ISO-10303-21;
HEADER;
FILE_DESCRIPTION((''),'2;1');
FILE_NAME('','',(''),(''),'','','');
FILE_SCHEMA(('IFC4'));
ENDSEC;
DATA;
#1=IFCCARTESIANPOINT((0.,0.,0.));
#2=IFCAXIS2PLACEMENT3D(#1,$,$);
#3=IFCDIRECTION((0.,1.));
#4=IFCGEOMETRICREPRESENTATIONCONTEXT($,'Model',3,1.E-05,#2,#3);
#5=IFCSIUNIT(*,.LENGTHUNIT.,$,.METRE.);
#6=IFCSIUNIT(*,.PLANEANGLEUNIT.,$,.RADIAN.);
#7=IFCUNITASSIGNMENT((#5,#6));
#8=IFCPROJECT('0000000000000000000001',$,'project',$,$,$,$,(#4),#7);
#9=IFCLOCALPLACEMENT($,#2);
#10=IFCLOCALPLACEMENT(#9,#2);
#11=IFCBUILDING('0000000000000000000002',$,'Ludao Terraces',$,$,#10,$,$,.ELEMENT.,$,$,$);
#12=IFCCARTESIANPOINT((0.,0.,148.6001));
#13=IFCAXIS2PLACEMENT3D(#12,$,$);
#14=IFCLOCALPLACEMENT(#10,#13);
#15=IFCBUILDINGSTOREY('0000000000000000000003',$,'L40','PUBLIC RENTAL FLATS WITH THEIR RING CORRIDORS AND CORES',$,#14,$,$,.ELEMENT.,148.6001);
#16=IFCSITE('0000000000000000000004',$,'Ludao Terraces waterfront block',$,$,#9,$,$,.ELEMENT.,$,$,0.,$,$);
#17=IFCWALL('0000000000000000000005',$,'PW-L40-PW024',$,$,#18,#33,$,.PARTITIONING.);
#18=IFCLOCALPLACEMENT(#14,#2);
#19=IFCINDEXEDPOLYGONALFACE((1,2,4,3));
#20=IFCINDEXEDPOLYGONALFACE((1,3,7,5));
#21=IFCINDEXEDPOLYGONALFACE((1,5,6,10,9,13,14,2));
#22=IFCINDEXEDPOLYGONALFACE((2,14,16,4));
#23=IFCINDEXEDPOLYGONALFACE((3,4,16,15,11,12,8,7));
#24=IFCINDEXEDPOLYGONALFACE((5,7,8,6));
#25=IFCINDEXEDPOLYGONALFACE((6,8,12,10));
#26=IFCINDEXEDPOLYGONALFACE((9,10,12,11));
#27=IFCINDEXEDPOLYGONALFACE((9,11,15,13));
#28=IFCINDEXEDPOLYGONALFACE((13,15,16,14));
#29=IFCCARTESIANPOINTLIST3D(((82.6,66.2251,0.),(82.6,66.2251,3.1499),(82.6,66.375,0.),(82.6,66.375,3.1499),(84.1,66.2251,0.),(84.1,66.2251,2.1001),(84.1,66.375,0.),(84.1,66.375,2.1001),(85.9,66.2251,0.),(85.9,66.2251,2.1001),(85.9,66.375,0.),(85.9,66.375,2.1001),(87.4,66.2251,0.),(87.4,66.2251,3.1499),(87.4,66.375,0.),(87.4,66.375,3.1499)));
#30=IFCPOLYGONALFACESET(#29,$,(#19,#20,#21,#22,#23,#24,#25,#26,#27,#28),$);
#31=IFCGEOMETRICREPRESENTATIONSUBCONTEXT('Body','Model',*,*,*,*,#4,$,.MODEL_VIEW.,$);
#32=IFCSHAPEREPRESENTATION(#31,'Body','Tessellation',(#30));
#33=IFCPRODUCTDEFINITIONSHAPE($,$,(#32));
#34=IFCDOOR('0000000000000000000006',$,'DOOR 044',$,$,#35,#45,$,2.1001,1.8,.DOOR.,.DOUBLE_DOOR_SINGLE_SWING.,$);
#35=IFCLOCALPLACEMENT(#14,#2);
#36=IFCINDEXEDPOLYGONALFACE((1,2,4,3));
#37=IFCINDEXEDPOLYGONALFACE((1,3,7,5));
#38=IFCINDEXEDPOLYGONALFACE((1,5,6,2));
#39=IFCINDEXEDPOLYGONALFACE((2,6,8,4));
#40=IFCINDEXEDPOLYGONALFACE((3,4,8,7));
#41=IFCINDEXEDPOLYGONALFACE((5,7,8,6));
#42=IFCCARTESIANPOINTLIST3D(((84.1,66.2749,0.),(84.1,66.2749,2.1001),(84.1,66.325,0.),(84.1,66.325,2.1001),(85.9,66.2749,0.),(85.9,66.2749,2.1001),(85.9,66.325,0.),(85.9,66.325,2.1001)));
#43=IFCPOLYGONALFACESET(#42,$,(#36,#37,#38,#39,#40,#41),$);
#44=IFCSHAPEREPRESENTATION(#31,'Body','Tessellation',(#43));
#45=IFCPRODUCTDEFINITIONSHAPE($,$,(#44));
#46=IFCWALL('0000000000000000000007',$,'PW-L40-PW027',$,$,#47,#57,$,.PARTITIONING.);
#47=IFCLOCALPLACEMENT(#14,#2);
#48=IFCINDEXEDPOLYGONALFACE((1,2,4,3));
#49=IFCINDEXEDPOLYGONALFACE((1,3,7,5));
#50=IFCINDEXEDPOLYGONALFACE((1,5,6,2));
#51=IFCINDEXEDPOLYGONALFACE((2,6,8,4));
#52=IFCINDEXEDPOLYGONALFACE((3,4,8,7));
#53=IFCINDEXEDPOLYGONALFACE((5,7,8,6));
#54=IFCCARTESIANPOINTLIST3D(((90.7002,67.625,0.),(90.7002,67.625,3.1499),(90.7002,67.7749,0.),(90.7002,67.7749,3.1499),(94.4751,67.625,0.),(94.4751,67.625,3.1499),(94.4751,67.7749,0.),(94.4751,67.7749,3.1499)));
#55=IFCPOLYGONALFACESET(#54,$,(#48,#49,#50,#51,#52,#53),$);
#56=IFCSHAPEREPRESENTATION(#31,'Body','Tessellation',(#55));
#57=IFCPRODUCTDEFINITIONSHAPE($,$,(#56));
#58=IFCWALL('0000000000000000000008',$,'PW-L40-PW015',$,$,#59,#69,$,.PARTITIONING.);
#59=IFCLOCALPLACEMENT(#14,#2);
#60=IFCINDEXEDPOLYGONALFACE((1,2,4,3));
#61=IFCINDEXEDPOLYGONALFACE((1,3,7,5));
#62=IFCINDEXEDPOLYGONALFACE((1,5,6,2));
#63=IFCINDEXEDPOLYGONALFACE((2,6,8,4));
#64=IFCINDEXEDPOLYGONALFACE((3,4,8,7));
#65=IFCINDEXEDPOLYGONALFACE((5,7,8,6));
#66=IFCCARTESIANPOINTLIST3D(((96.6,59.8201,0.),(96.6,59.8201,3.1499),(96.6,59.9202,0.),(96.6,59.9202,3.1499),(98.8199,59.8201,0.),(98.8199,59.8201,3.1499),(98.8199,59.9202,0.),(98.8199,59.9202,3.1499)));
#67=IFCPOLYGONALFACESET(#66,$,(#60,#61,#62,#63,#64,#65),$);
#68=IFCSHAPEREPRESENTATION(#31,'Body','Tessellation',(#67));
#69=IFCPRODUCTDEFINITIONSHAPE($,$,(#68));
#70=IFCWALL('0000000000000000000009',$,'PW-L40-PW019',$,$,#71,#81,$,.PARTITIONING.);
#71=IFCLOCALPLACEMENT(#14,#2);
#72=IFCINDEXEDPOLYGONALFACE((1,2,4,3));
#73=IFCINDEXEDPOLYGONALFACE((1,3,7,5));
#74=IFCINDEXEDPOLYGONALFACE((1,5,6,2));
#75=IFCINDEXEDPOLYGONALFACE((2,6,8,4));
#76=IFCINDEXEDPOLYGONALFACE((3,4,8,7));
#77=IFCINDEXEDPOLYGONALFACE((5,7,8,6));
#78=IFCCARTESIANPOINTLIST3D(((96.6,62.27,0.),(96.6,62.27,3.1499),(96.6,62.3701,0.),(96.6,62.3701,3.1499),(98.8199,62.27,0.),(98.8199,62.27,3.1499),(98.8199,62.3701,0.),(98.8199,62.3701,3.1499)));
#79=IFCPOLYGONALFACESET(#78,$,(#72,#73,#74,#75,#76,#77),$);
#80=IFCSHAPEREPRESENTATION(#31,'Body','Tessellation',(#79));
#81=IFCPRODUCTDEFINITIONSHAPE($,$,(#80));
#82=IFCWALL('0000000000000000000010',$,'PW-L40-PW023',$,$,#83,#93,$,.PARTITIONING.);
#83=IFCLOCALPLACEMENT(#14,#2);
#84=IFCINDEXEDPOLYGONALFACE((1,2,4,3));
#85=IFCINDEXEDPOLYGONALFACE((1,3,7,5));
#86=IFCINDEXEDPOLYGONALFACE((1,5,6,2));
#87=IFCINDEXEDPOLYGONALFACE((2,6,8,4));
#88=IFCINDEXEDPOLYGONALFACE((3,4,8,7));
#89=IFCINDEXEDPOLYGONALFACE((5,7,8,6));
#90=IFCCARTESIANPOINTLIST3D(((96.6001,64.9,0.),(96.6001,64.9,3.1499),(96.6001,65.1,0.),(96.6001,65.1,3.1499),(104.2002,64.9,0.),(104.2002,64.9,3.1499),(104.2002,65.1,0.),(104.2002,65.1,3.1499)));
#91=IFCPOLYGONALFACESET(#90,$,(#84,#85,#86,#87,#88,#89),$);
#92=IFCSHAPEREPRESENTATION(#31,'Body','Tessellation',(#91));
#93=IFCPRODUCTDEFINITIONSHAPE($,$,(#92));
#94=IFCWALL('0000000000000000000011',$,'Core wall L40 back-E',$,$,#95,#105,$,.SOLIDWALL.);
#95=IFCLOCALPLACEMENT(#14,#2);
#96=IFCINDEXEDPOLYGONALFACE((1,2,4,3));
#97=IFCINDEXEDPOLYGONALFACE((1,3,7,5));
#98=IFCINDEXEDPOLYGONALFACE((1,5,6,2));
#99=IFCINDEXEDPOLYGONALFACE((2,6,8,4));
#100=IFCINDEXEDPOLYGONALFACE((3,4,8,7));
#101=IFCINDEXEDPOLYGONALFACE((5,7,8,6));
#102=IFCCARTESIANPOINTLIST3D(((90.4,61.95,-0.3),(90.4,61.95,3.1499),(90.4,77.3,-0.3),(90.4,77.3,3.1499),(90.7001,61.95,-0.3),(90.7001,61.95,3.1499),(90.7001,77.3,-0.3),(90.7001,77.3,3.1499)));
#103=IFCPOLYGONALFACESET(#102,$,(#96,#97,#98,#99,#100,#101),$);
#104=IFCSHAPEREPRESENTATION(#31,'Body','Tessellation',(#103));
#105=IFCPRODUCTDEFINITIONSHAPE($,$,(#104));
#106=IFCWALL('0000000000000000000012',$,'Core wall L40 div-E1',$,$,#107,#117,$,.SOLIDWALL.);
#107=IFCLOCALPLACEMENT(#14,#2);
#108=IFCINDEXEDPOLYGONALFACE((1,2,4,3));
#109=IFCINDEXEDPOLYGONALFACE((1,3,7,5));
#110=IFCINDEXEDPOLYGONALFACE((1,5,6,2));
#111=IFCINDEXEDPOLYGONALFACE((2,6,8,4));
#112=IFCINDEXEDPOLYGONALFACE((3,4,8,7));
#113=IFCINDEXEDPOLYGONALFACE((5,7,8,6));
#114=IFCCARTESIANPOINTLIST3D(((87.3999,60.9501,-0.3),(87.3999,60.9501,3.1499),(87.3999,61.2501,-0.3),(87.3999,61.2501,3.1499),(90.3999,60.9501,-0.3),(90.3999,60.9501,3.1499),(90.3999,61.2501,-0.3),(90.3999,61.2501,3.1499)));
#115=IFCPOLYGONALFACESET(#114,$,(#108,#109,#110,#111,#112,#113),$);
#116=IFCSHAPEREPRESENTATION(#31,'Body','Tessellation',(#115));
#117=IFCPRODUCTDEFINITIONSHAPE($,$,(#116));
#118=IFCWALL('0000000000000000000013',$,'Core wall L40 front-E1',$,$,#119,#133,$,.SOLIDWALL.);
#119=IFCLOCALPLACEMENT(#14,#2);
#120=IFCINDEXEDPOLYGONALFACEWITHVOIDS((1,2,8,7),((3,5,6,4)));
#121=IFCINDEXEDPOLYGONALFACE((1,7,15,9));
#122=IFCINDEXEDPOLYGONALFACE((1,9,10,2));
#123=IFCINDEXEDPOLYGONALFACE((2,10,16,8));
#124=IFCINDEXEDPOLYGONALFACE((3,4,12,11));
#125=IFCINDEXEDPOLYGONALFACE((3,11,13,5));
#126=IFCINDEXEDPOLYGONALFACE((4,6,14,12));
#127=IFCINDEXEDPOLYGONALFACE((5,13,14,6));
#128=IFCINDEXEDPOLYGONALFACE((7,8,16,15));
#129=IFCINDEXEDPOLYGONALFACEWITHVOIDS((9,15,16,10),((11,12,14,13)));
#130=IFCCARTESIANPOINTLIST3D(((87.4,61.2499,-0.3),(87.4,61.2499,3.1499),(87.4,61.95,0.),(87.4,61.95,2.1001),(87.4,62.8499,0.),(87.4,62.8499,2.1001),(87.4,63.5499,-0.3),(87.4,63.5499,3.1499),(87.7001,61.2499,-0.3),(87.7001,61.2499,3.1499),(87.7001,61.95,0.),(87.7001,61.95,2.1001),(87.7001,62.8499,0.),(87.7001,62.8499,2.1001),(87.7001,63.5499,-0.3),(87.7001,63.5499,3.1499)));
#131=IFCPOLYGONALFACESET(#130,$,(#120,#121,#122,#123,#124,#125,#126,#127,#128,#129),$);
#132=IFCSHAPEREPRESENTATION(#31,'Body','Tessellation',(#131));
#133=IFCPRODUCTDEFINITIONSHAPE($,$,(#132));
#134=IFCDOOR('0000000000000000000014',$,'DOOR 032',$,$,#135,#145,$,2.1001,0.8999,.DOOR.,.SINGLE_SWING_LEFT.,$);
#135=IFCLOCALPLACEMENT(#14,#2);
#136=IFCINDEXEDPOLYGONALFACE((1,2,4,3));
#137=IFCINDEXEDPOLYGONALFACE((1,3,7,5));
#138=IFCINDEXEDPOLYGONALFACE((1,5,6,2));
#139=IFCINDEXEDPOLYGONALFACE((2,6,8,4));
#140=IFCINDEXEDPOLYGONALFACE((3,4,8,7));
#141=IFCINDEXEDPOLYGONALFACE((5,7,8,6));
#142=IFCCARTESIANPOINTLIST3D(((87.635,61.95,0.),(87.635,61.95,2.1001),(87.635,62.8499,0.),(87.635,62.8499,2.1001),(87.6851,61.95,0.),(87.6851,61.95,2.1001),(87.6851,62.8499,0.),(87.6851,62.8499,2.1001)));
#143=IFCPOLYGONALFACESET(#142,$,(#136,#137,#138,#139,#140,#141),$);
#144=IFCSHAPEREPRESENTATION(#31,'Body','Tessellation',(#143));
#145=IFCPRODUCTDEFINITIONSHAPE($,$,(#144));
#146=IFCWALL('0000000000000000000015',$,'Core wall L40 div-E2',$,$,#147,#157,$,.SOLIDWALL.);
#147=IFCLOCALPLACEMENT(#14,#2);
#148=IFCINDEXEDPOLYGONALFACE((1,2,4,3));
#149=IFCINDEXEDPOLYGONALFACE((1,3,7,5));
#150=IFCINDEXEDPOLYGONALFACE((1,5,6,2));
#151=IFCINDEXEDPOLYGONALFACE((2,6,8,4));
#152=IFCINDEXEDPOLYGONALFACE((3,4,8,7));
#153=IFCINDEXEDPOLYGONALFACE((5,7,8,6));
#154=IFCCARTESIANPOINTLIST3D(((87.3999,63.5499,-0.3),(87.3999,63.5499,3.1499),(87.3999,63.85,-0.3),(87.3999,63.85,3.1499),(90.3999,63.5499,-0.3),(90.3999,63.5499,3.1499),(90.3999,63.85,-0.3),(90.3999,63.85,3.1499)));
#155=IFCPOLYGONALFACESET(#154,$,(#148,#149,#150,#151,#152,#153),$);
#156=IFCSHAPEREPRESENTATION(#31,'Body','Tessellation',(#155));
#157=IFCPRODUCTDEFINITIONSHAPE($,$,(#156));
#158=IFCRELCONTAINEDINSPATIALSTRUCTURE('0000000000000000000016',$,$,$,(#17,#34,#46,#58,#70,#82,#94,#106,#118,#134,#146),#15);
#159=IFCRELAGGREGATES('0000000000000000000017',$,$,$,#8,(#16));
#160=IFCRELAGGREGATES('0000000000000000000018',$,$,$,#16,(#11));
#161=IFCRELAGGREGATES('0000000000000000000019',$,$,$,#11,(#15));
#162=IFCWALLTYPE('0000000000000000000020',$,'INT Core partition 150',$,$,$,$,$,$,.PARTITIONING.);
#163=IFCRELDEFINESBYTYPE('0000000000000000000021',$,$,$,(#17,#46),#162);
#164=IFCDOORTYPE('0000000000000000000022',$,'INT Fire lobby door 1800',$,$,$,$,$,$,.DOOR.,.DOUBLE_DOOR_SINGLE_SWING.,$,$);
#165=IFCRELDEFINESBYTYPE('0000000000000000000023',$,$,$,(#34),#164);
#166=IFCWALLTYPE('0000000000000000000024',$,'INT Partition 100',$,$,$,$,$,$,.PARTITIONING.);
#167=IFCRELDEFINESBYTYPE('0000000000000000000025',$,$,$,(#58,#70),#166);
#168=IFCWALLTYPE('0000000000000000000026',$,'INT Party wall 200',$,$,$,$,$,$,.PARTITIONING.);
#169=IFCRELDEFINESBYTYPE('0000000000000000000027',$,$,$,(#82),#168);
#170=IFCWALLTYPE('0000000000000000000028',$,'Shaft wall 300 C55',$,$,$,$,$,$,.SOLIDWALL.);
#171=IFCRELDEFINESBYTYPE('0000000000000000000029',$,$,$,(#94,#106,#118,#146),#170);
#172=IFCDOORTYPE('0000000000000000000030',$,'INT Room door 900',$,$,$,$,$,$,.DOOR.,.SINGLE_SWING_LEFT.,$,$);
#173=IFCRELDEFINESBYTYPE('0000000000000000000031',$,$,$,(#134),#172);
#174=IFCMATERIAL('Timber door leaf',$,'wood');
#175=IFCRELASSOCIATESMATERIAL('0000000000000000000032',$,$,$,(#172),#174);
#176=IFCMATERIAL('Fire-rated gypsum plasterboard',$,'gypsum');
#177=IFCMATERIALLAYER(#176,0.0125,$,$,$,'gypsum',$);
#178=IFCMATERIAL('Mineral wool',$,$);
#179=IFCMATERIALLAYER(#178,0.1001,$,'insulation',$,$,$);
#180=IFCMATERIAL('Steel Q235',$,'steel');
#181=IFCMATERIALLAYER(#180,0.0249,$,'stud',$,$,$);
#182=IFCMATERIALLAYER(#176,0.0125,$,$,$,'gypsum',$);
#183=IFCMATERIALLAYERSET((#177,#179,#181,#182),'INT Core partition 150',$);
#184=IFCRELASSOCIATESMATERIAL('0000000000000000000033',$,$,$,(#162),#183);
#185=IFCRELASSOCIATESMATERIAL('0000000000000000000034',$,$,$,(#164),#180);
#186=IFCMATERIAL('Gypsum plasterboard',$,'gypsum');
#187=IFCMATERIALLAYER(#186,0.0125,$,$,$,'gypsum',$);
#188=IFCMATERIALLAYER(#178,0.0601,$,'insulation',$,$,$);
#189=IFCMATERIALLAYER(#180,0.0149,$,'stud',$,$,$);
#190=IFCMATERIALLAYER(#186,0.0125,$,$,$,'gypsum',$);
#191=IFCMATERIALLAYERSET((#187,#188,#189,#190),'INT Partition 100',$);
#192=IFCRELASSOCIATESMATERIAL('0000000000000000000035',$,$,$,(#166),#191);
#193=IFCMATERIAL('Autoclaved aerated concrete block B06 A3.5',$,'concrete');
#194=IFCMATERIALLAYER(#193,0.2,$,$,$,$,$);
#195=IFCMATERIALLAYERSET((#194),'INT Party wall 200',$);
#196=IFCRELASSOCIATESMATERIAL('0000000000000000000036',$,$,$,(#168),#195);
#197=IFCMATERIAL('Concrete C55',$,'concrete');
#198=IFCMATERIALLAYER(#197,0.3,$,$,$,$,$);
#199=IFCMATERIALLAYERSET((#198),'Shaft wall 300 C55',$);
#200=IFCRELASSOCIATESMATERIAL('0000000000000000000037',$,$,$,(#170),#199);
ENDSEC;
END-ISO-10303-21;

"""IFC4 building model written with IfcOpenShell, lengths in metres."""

from ifc_helpers import new_model, si_unit, direction, frame, frame_2d, origin, place, context, subcontext, project, spatial, rectangle, extrude, material, layer, layer_set, type_object, element, fill, save


model = new_model("IFC4")

# Units and contexts
model_context = context("Model", 3, precision=1e-05, world=origin(), true_north=direction((0.0, 1.0)))
body_context = subcontext(model_context, "Body", "Model", "MODEL_VIEW")
ifc_project = project(units=[si_unit("LENGTHUNIT", "METRE"), si_unit("PLANEANGLEUNIT", "RADIAN")], contexts=[model_context])

# Site, building, storey
site_placement = place(None, origin())
site = spatial("IfcSite", under=ifc_project, at=site_placement, Name="Ludao Terraces waterfront block", CompositionType="ELEMENT", RefElevation=0.0)
building_placement = place(site_placement, origin())
building = spatial("IfcBuilding", under=site, at=building_placement, Name="Ludao Terraces", CompositionType="ELEMENT")
storey_placement = place(building_placement, frame((0.0, 0.0, 148.6001)))
storey = spatial("IfcBuildingStorey", under=building, at=storey_placement, Name="L40", Description="PUBLIC RENTAL FLATS WITH THEIR RING CORRIDORS AND CORES", CompositionType="ELEMENT", Elevation=148.6001)

# Shared definitions
ifc_material_1 = material(Name="Steel Q235", Category="steel")
ifc_material_2 = material(Name="Timber door leaf", Category="wood")
door_type_1 = type_object("IfcDoorType", Name="INT Room door 900", OperationType="SINGLE_SWING_LEFT", PredefinedType="DOOR", material=ifc_material_2)

# Wall, opening, door
ifc_material_3 = material(Name="Fire-rated gypsum plasterboard", Category="gypsum")
ifc_layer_1 = layer(ifc_material_3, 0.0125, Category="gypsum")
ifc_material_4 = material(Name="Mineral wool")
ifc_layer_2 = layer(ifc_material_4, 0.1001, Name="insulation")
ifc_layer_3 = layer(ifc_material_1, 0.0249, Name="stud")
ifc_layer_4 = layer(ifc_material_3, 0.0125, Category="gypsum")
ifc_layer_set_1 = layer_set([ifc_layer_1, ifc_layer_2, ifc_layer_3, ifc_layer_4], Name="INT Core partition 150")
wall_type_1 = type_object("IfcWallType", Name="INT Core partition 150", PredefinedType="PARTITIONING", material=ifc_layer_set_1)
door_type_2 = type_object("IfcDoorType", Name="INT Fire lobby door 1800", OperationType="DOUBLE_DOOR_SINGLE_SWING", PredefinedType="DOOR", material=ifc_material_1)
wall_1_placement = place(storey_placement, frame((82.6001, 66.3, 0.0), z_axis=(0.0, 0.0, 1.0), x_axis=(1.0, 0.0, 0.0)))
wall_1 = element("IfcWall", 1, at=wall_1_placement, inside=storey, type_object=wall_type_1, Name="PW-L40-PW024", PredefinedType="PARTITIONING", context=body_context, shape_type="SweptSolid", body=[
    extrude(rectangle(XDim=4.8, YDim=0.1499, at=frame_2d((2.3999, 0.0))), origin(), (0.0, 0.0, 1.0), 3.1499),
])
opening_1_placement = place(wall_1_placement, frame((1.5, 0.0, 0.0)))
opening_1 = element("IfcOpeningElement", 2, at=opening_1_placement, cuts=wall_1, PredefinedType="OPENING", context=body_context, shape_type="SweptSolid", body=[
    extrude(rectangle(XDim=1.8, YDim=2.1001, at=frame_2d((0.8999, 1.05))), frame((0.0, 0.085, 0.0), z_axis=(0.0, -1.0, 0.0), x_axis=(1.0, 0.0, 0.0)), (0.0, 0.0, 1.0), 0.1699),
])
door_1_placement = place(opening_1_placement, origin())
door_1 = element("IfcDoor", 3, at=door_1_placement, inside=storey, type_object=door_type_2, Name="DOOR 044", OperationType="DOUBLE_DOOR_SINGLE_SWING", OverallHeight=2.1001, OverallWidth=1.8, PredefinedType="DOOR", context=body_context, shape_type="SweptSolid", body=[
    extrude(rectangle(XDim=1.8, YDim=2.1001, at=frame_2d((0.8999, 1.05))), frame((0.0, 0.0249, 0.0), z_axis=(0.0, -1.0, 0.0), x_axis=(1.0, 0.0, 0.0)), (0.0, 0.0, 1.0), 0.05),
])
fill(opening_1, door_1)

# Walls
wall_2_placement = place(storey_placement, frame((90.7002, 67.7, 0.0), z_axis=(0.0, 0.0, 1.0), x_axis=(1.0, 0.0, 0.0)))
element("IfcWall", 4, at=wall_2_placement, inside=storey, type_object=wall_type_1, Name="PW-L40-PW027", PredefinedType="PARTITIONING", context=body_context, shape_type="SweptSolid", body=[
    extrude(rectangle(XDim=3.7749, YDim=0.1499, at=frame_2d((1.8875, 0.0))), origin(), (0.0, 0.0, 1.0), 3.1499),
])
ifc_material_5 = material(Name="Gypsum plasterboard", Category="gypsum")
ifc_layer_5 = layer(ifc_material_5, 0.0125, Category="gypsum")
ifc_layer_6 = layer(ifc_material_4, 0.0601, Name="insulation")
ifc_layer_7 = layer(ifc_material_1, 0.0149, Name="stud")
ifc_layer_8 = layer(ifc_material_5, 0.0125, Category="gypsum")
ifc_layer_set_2 = layer_set([ifc_layer_5, ifc_layer_6, ifc_layer_7, ifc_layer_8], Name="INT Partition 100")
wall_type_2 = type_object("IfcWallType", Name="INT Partition 100", PredefinedType="PARTITIONING", material=ifc_layer_set_2)
for number, where, z_axis, x_axis, name in (
    (5, (96.6001, 59.8701, 0.0), (0.0, 0.0, 1.0), (1.0, 0.0, 0.0), "PW-L40-PW015"),
    (6, (96.6001, 62.3201, 0.0), (0.0, 0.0, 1.0), (1.0, 0.0, 0.0), "PW-L40-PW019"),
):
    element("IfcWall", number, at=place(storey_placement, frame(where, z_axis=z_axis, x_axis=x_axis)), inside=storey, type_object=wall_type_2, Name=name, PredefinedType="PARTITIONING", context=body_context, shape_type="SweptSolid", body=[
        extrude(rectangle(XDim=2.22, YDim=0.1001, at=frame_2d((1.1099, 0.0))), origin(), (0.0, 0.0, 1.0), 3.1499),
    ])
ifc_material_6 = material(Name="Autoclaved aerated concrete block B06 A3.5", Category="concrete")
ifc_layer_9 = layer(ifc_material_6, 0.2)
ifc_layer_set_3 = layer_set([ifc_layer_9], Name="INT Party wall 200")
wall_type_3 = type_object("IfcWallType", Name="INT Party wall 200", PredefinedType="PARTITIONING", material=ifc_layer_set_3)
wall_3_placement = place(storey_placement, frame((96.6001, 65.0, 0.0), z_axis=(0.0, 0.0, 1.0), x_axis=(1.0, 0.0, 0.0)))
element("IfcWall", 7, at=wall_3_placement, inside=storey, type_object=wall_type_3, Name="PW-L40-PW023", PredefinedType="PARTITIONING", context=body_context, shape_type="SweptSolid", body=[
    extrude(rectangle(XDim=7.6001, YDim=0.2, at=frame_2d((3.8, 0.0))), origin(), (0.0, 0.0, 1.0), 3.1499),
])
ifc_material_7 = material(Name="Concrete C55", Category="concrete")
ifc_layer_10 = layer(ifc_material_7, 0.3)
ifc_layer_set_4 = layer_set([ifc_layer_10], Name="Shaft wall 300 C55")
wall_type_4 = type_object("IfcWallType", Name="Shaft wall 300 C55", PredefinedType="SOLIDWALL", material=ifc_layer_set_4)
wall_4_placement = place(storey_placement, frame((90.55, 61.95, -0.3), z_axis=(0.0, 0.0, 1.0), x_axis=(0.0, 1.0, 0.0)))
element("IfcWall", 8, at=wall_4_placement, inside=storey, type_object=wall_type_4, Name="Core wall L40 back-E", PredefinedType="SOLIDWALL", context=body_context, shape_type="SweptSolid", body=[
    extrude(rectangle(XDim=15.3501, YDim=0.3, at=frame_2d((7.675, 0.0))), origin(), (0.0, 0.0, 1.0), 3.45),
])
wall_5_placement = place(storey_placement, frame((87.3999, 61.1001, -0.3), z_axis=(0.0, 0.0, 1.0), x_axis=(1.0, 0.0, 0.0)))
element("IfcWall", 9, at=wall_5_placement, inside=storey, type_object=wall_type_4, Name="Core wall L40 div-E1", PredefinedType="SOLIDWALL", context=body_context, shape_type="SweptSolid", body=[
    extrude(rectangle(XDim=3.0, YDim=0.3, at=frame_2d((1.5, 0.0))), origin(), (0.0, 0.0, 1.0), 3.45),
])

# Wall, opening, door
wall_6_placement = place(storey_placement, frame((87.55, 61.25, -0.3), z_axis=(0.0, 0.0, 1.0), x_axis=(0.0, 1.0, 0.0)))
wall_6 = element("IfcWall", 10, at=wall_6_placement, inside=storey, type_object=wall_type_4, Name="Core wall L40 front-E1", PredefinedType="SOLIDWALL", context=body_context, shape_type="SweptSolid", body=[
    extrude(rectangle(XDim=2.3, YDim=0.3, at=frame_2d((1.1499, 0.0))), origin(), (0.0, 0.0, 1.0), 3.45),
])
opening_2_placement = place(wall_6_placement, frame((0.7, 0.0, 0.3)))
opening_2 = element("IfcOpeningElement", 11, at=opening_2_placement, cuts=wall_6, PredefinedType="OPENING", context=body_context, shape_type="SweptSolid", body=[
    extrude(rectangle(XDim=0.8999, YDim=2.1001, at=frame_2d((0.45, 1.05))), frame((0.0, 0.1602, 0.0), z_axis=(0.0, -1.0, 0.0), x_axis=(1.0, 0.0, 0.0)), (0.0, 0.0, 1.0), 0.3201),
])
door_2_placement = place(opening_2_placement, origin())
door_2 = element("IfcDoor", 12, at=door_2_placement, inside=storey, type_object=door_type_1, Name="DOOR 032", OperationType="SINGLE_SWING_LEFT", OverallHeight=2.1001, OverallWidth=0.8999, PredefinedType="DOOR", context=body_context, shape_type="SweptSolid", body=[
    extrude(rectangle(XDim=0.8999, YDim=2.1001, at=frame_2d((0.45, 1.05))), frame((0.0, -0.085, 0.0), z_axis=(0.0, -1.0, 0.0), x_axis=(1.0, 0.0, 0.0)), (0.0, 0.0, 1.0), 0.05),
])
fill(opening_2, door_2)

# Wall
wall_7_placement = place(storey_placement, frame((87.3999, 63.7, -0.3), z_axis=(0.0, 0.0, 1.0), x_axis=(1.0, 0.0, 0.0)))
element("IfcWall", 13, at=wall_7_placement, inside=storey, type_object=wall_type_4, Name="Core wall L40 div-E2", PredefinedType="SOLIDWALL", context=body_context, shape_type="SweptSolid", body=[
    extrude(rectangle(XDim=3.0, YDim=0.3, at=frame_2d((1.5, 0.0))), origin(), (0.0, 0.0, 1.0), 3.45),
])

save(model, "model.ifc")
